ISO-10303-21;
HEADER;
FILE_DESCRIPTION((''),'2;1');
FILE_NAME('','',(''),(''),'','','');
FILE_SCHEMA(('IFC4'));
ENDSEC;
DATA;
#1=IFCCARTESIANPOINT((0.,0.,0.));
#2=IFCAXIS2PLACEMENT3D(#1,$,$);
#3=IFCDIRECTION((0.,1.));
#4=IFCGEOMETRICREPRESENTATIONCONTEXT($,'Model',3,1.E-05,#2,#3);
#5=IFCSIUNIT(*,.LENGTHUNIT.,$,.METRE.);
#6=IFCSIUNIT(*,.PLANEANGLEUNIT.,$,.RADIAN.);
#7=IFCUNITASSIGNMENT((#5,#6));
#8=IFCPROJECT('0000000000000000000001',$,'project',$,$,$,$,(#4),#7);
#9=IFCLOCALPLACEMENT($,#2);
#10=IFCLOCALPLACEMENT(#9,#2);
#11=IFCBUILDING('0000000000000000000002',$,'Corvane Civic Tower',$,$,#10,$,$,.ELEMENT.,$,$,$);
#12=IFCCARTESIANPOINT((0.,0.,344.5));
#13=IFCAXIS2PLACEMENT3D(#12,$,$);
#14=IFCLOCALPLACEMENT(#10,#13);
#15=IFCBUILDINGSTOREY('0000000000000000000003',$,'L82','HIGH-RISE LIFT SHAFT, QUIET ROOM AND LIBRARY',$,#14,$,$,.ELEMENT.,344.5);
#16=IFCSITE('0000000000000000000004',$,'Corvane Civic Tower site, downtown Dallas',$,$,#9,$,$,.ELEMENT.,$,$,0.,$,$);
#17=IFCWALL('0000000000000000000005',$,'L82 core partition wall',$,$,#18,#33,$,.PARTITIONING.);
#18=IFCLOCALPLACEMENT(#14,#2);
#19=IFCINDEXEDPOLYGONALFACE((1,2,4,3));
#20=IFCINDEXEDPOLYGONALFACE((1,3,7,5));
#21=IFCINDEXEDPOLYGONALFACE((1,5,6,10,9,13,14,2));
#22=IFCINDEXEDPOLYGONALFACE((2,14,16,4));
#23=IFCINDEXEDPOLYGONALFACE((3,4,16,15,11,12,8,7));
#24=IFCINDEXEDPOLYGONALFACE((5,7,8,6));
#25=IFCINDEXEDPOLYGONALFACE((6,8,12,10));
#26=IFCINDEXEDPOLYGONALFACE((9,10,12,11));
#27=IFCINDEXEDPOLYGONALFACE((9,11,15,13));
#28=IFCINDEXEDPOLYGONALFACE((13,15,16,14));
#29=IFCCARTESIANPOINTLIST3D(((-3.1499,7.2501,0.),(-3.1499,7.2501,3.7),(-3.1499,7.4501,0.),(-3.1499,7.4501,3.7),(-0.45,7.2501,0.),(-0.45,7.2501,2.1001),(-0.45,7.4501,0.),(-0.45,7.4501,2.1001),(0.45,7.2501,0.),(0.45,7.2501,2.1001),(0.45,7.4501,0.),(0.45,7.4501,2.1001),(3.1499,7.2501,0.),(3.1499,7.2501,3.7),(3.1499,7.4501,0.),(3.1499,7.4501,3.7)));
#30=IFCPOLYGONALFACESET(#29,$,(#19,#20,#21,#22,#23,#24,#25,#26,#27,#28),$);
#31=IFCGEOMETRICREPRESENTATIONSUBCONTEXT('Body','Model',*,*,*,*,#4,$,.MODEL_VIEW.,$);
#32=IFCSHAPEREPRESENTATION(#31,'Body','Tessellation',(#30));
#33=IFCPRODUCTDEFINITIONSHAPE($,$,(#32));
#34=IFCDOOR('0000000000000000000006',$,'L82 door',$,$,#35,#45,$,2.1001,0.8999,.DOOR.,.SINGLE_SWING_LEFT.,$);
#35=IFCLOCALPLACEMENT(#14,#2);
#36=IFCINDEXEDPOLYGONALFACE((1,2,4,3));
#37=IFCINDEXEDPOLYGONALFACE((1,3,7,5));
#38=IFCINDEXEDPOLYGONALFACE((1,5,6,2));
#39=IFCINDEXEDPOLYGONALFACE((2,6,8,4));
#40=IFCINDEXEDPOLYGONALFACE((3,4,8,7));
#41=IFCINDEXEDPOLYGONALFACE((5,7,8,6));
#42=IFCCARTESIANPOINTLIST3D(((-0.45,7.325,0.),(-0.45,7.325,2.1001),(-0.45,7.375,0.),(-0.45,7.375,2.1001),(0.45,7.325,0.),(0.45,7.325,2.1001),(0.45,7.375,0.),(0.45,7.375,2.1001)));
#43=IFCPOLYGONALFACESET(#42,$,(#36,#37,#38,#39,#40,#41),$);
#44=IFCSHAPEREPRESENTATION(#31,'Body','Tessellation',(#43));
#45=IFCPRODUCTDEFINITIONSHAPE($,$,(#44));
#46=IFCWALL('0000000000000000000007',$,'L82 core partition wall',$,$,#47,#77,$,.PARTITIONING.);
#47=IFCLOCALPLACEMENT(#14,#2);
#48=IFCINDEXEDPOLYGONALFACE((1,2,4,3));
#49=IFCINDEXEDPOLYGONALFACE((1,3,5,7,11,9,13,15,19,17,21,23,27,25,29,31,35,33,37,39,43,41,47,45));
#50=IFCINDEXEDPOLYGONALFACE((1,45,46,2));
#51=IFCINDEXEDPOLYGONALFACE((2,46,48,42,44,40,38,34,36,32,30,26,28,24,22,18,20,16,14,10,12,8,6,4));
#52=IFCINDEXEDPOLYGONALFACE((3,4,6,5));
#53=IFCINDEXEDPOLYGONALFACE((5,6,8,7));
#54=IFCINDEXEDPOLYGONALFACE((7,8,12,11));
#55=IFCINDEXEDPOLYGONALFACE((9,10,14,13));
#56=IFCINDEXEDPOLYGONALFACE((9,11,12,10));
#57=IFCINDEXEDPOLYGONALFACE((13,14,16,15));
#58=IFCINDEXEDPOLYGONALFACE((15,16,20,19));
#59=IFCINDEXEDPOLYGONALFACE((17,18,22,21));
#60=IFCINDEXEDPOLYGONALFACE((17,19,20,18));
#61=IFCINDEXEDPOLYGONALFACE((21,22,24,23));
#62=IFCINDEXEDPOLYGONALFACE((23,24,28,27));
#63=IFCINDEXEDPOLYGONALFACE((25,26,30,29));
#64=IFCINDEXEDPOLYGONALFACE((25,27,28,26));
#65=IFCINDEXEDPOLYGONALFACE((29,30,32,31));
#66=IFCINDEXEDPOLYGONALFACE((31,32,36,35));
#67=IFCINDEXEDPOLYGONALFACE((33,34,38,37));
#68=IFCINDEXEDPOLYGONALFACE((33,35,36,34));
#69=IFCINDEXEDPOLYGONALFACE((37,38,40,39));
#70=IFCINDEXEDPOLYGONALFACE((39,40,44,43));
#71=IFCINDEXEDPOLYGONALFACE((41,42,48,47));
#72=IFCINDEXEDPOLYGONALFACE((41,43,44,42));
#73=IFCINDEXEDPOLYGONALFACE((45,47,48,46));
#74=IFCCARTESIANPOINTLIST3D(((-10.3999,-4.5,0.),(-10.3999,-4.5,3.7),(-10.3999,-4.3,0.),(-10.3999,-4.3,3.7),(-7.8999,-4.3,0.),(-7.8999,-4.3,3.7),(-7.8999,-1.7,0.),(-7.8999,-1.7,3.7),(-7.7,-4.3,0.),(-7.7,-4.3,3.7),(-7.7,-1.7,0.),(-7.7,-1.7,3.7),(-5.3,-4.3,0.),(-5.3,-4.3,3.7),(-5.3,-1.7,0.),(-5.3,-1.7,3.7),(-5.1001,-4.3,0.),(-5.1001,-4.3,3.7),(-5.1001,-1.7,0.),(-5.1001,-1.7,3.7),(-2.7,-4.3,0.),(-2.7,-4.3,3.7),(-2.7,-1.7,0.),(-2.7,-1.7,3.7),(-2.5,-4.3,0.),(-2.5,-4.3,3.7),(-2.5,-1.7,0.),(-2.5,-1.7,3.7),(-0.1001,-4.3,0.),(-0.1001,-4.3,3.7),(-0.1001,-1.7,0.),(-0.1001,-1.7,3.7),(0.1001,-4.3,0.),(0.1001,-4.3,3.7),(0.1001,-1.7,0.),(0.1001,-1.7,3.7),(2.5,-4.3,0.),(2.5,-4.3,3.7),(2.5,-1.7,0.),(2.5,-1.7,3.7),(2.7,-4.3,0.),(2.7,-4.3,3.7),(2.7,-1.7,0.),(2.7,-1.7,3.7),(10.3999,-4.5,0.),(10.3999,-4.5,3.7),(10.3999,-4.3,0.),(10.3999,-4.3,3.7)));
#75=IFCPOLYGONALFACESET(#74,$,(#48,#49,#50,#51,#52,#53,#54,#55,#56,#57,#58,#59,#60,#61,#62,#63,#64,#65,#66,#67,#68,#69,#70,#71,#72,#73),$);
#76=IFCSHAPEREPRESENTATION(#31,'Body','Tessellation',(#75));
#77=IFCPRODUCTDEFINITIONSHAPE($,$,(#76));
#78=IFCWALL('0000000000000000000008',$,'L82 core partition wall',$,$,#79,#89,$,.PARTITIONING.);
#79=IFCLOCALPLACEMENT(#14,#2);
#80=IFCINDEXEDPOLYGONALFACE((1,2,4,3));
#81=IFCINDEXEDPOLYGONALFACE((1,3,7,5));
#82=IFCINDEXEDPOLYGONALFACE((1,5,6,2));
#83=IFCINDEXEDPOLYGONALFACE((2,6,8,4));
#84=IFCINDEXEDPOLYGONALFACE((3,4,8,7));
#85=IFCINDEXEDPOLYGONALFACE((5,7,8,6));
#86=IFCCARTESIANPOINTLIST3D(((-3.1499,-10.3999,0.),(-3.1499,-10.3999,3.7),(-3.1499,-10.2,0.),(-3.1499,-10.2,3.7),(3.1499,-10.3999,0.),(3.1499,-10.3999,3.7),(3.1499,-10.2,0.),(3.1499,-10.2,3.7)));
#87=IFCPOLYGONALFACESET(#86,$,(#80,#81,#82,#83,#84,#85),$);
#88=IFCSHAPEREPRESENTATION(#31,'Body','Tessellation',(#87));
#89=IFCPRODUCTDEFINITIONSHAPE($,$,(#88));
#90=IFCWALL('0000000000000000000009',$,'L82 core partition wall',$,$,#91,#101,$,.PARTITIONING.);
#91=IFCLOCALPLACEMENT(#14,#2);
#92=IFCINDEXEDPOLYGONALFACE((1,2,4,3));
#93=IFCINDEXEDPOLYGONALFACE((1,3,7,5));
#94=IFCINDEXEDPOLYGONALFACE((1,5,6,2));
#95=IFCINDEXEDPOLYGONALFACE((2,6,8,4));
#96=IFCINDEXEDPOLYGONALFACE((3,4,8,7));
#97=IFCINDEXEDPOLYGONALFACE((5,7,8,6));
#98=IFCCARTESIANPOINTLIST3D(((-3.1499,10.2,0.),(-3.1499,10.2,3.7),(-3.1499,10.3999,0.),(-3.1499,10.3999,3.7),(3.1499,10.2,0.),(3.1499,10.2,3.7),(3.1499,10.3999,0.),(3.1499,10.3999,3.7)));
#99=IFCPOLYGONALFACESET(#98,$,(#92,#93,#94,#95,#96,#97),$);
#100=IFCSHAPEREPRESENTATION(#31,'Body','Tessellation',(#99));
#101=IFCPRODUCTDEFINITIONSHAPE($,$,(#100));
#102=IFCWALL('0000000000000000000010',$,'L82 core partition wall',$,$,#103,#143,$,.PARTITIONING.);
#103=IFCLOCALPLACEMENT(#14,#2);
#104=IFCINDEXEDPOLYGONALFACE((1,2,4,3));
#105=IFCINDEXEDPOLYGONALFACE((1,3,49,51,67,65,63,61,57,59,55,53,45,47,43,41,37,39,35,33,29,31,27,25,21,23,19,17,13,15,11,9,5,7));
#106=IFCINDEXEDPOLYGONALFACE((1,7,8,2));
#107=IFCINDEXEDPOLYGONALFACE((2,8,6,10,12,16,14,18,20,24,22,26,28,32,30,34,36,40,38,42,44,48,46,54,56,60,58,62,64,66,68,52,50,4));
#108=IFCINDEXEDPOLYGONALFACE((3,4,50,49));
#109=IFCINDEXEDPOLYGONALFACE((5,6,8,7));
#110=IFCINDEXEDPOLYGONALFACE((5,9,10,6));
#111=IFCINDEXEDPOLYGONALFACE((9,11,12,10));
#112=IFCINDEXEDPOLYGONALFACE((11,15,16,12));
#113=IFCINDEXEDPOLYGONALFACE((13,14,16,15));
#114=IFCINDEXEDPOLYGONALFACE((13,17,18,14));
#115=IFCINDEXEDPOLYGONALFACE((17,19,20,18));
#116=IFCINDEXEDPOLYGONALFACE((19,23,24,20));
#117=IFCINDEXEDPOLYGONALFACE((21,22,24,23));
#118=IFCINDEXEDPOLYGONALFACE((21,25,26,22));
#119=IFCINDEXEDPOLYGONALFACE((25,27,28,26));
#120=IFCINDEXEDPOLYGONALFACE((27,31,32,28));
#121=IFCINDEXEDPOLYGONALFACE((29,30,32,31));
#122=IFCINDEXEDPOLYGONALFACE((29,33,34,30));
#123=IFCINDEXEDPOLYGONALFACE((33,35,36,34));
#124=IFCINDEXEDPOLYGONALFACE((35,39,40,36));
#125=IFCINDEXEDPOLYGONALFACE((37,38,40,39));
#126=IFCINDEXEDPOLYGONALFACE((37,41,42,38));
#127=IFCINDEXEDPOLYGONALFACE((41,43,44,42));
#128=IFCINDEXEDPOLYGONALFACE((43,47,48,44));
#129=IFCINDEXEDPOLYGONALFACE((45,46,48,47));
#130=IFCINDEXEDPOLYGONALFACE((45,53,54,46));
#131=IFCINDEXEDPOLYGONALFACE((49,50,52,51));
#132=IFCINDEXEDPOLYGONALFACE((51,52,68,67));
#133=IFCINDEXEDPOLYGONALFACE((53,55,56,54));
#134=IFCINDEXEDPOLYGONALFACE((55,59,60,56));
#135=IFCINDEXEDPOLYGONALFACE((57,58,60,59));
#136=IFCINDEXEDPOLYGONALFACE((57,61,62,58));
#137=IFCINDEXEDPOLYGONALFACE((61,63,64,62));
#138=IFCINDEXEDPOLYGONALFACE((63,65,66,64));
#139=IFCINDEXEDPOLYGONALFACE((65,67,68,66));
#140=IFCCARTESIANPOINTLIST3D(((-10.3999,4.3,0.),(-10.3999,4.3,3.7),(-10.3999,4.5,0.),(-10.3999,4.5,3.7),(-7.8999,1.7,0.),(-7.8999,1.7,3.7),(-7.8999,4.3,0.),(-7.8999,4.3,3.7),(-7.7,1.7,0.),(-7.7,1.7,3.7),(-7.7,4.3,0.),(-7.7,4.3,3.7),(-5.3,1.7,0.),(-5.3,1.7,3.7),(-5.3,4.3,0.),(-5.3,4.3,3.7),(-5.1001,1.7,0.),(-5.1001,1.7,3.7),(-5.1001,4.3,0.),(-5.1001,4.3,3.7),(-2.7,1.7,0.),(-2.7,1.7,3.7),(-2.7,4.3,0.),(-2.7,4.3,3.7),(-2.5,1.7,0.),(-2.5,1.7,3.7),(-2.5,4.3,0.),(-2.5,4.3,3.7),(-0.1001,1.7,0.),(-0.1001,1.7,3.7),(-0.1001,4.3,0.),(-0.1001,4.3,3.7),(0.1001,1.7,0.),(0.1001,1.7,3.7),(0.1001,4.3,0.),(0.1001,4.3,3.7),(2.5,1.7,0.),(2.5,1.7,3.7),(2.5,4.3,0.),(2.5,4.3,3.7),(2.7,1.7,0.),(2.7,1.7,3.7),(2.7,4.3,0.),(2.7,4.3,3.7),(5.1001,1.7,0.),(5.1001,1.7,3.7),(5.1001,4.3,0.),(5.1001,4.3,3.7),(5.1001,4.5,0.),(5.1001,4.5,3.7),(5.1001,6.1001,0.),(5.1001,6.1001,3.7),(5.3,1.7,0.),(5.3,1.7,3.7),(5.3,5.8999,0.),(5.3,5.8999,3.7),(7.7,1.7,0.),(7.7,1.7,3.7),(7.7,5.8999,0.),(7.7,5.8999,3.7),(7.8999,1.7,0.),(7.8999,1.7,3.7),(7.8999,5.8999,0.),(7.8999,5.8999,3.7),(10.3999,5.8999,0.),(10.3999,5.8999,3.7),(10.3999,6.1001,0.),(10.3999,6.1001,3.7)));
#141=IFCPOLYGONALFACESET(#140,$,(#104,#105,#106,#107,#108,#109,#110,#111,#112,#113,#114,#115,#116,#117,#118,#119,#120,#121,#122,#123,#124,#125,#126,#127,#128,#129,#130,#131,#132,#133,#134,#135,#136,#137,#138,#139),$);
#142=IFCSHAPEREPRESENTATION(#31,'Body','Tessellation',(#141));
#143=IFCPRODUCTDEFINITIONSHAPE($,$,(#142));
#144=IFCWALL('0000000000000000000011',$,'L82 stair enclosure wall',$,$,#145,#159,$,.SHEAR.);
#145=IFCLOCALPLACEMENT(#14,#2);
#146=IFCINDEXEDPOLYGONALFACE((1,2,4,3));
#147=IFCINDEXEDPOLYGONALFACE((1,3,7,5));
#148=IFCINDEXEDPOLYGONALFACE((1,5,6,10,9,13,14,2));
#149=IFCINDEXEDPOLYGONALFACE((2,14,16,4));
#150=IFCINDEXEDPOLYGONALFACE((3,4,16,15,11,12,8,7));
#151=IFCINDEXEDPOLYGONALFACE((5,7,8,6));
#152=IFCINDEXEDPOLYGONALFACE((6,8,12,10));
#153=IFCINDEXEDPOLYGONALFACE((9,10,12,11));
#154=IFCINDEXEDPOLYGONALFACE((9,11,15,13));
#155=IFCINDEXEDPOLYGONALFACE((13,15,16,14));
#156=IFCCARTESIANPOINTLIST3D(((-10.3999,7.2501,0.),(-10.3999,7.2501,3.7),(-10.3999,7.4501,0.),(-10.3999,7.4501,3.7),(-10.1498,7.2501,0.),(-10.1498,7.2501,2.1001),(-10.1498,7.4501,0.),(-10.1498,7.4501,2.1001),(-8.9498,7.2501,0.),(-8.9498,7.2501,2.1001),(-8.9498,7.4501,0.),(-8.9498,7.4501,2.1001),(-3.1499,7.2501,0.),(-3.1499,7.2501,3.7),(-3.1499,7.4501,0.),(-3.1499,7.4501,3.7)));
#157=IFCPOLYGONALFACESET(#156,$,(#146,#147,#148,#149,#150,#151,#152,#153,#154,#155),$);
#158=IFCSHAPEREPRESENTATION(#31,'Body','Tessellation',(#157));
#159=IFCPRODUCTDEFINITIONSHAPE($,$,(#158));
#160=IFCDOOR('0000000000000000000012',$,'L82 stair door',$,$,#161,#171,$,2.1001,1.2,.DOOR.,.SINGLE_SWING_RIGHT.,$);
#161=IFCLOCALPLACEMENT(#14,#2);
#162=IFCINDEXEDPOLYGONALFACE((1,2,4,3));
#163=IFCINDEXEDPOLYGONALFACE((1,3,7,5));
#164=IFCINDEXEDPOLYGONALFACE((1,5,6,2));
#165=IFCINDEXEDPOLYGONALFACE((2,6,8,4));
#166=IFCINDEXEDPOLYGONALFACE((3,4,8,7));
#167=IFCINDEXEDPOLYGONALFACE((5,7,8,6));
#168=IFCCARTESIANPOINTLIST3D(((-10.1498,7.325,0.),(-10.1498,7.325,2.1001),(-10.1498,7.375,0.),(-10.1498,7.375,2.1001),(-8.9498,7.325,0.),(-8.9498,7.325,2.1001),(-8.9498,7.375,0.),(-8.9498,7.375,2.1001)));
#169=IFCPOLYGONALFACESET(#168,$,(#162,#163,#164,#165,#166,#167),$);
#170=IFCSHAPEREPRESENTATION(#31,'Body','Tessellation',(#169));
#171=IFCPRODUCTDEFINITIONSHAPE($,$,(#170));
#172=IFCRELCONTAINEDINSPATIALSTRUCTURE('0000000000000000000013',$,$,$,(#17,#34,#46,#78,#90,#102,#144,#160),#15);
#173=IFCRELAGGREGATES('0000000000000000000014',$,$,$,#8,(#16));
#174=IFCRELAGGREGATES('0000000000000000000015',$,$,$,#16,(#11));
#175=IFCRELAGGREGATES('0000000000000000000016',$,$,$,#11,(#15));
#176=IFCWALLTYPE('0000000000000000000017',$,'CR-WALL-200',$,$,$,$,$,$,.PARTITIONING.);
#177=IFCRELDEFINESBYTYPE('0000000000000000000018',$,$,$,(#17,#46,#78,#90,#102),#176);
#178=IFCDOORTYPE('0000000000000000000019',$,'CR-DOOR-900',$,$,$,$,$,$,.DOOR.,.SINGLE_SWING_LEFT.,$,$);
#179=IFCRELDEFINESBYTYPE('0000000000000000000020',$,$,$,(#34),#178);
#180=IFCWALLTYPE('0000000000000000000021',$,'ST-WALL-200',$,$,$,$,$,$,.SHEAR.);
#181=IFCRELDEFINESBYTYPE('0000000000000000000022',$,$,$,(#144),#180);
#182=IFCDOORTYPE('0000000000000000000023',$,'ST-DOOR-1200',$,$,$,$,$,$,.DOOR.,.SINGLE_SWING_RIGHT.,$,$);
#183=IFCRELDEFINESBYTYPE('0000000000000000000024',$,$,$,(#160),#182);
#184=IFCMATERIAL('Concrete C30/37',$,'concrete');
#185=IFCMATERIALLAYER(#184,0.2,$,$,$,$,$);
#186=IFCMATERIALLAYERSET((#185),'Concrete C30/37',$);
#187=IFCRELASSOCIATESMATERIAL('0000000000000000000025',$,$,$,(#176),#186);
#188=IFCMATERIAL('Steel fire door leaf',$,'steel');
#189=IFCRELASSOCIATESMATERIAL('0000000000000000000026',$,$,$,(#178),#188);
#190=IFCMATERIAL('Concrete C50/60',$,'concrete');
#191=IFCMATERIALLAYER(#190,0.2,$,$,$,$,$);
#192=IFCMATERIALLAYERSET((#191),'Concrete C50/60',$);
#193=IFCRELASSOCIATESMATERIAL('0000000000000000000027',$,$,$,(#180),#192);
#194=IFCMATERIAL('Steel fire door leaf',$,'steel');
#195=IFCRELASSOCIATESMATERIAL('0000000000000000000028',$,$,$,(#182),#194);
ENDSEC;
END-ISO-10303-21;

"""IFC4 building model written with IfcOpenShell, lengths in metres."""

from ifc_helpers import new_model, si_unit, direction, frame, frame_2d, origin, place, context, subcontext, project, spatial, polyline, rectangle, outline, extrude, material, layer, layer_set, type_object, element, fill, save


model = new_model("IFC4")

# Units and contexts
model_context = context("Model", 3, precision=1e-05, world=origin(), true_north=direction((0.0, 1.0)))
body_context = subcontext(model_context, "Body", "Model", "MODEL_VIEW")
ifc_project = project(units=[si_unit("LENGTHUNIT", "METRE"), si_unit("PLANEANGLEUNIT", "RADIAN")], contexts=[model_context])

# Site, building, storey
site_placement = place(None, origin())
site = spatial("IfcSite", under=ifc_project, at=site_placement, Name="Corvane Civic Tower site, downtown Dallas", CompositionType="ELEMENT", RefElevation=0.0)
building_placement = place(site_placement, origin())
building = spatial("IfcBuilding", under=site, at=building_placement, Name="Corvane Civic Tower", CompositionType="ELEMENT")
storey_placement = place(building_placement, frame((0.0, 0.0, 344.5)))
storey = spatial("IfcBuildingStorey", under=building, at=storey_placement, Name="L82", Description="HIGH-RISE LIFT SHAFT, QUIET ROOM AND LIBRARY", CompositionType="ELEMENT", Elevation=344.5)

# Shared definitions
ifc_material_1 = material(Name="Concrete C30/37", Category="concrete")
ifc_layer_1 = layer(ifc_material_1, 0.2)
ifc_layer_set_1 = layer_set([ifc_layer_1], Name="Concrete C30/37")
wall_type_1 = type_object("IfcWallType", Name="CR-WALL-200", PredefinedType="PARTITIONING", material=ifc_layer_set_1)
ifc_material_2 = material(Name="Steel fire door leaf", Category="steel")
door_type_1 = type_object("IfcDoorType", Name="CR-DOOR-900", OperationType="SINGLE_SWING_LEFT", PredefinedType="DOOR", material=ifc_material_2)

# Wall, opening, door
wall_1_placement = place(storey_placement, frame((-3.1499, 7.3501, 0.0), z_axis=(0.0, 0.0, 1.0), x_axis=(1.0, 0.0, 0.0)))
wall_1 = element("IfcWall", 1, at=wall_1_placement, inside=storey, type_object=wall_type_1, Name="L82 core partition wall", PredefinedType="PARTITIONING", context=body_context, shape_type="SweptSolid", body=[
    extrude(rectangle(XDim=6.2998, YDim=0.2, at=frame_2d((3.1499, 0.0))), origin(), (0.0, 0.0, 1.0), 3.7),
])
opening_1_placement = place(wall_1_placement, frame((2.7, 0.0, 0.0)))
opening_1 = element("IfcOpeningElement", 2, at=opening_1_placement, cuts=wall_1, PredefinedType="OPENING", context=body_context, shape_type="SweptSolid", body=[
    extrude(rectangle(XDim=0.8999, YDim=2.1001, at=frame_2d((0.45, 1.05))), frame((0.0, 0.1099, 0.0), z_axis=(0.0, -1.0, 0.0), x_axis=(1.0, 0.0, 0.0)), (0.0, 0.0, 1.0), 0.22),
])
door_1_placement = place(opening_1_placement, origin())
door_1 = element("IfcDoor", 3, at=door_1_placement, inside=storey, type_object=door_type_1, Name="L82 door", OperationType="SINGLE_SWING_LEFT", OverallHeight=2.1001, OverallWidth=0.8999, PredefinedType="DOOR", context=body_context, shape_type="SweptSolid", body=[
    extrude(rectangle(XDim=0.8999, YDim=2.1001, at=frame_2d((0.45, 1.05))), frame((0.0, 0.0249, 0.0), z_axis=(0.0, -1.0, 0.0), x_axis=(1.0, 0.0, 0.0)), (0.0, 0.0, 1.0), 0.05),
])
fill(opening_1, door_1)

# Walls
wall_2_placement = place(storey_placement, origin())
element("IfcWall", 4, at=wall_2_placement, inside=storey, type_object=wall_type_1, Name="L82 core partition wall", PredefinedType="PARTITIONING", context=body_context, shape_type="SweptSolid", body=[
    extrude(outline(polyline([(-7.8999, -4.3), (-7.8999, -1.7), (-7.7, -1.7), (-7.7, -4.3), (-5.3, -4.3), (-5.3, -1.7), (-5.1001, -1.7), (-5.1001, -4.3), (-2.7, -4.3), (-2.7, -1.7), (-2.5, -1.7), (-2.5, -4.3), (-0.1001, -4.3), (-0.1001, -1.7), (0.1001, -1.7), (0.1001, -4.3), (2.5, -4.3), (2.5, -1.7), (2.7, -1.7), (2.7, -4.3), (10.3999, -4.3), (10.3999, -4.5), (-10.3999, -4.5), (-10.3999, -4.3), (-7.8999, -4.3)])), origin(), (0.0, 0.0, 1.0), 3.7),
])
wall_3_placement = place(storey_placement, origin())
element("IfcWall", 5, at=wall_3_placement, inside=storey, type_object=wall_type_1, Name="L82 core partition wall", PredefinedType="PARTITIONING", context=body_context, shape_type="SweptSolid", body=[
    extrude(outline(polyline([(3.1499, -10.2), (3.1499, -10.3999), (-3.1499, -10.3999), (-3.1499, -10.2), (3.1499, -10.2)])), origin(), (0.0, 0.0, 1.0), 3.7),
])
wall_4_placement = place(storey_placement, origin())
element("IfcWall", 6, at=wall_4_placement, inside=storey, type_object=wall_type_1, Name="L82 core partition wall", PredefinedType="PARTITIONING", context=body_context, shape_type="SweptSolid", body=[
    extrude(outline(polyline([(3.1499, 10.2), (-3.1499, 10.2), (-3.1499, 10.3999), (3.1499, 10.3999), (3.1499, 10.2)])), origin(), (0.0, 0.0, 1.0), 3.7),
])
wall_5_placement = place(storey_placement, origin())
element("IfcWall", 7, at=wall_5_placement, inside=storey, type_object=wall_type_1, Name="L82 core partition wall", PredefinedType="PARTITIONING", context=body_context, shape_type="SweptSolid", body=[
    extrude(outline(polyline([(-10.3999, 4.3), (-10.3999, 4.5), (5.1001, 4.5), (5.1001, 6.1001), (10.3999, 6.1001), (10.3999, 5.8999), (7.8999, 5.8999), (7.8999, 1.7), (7.7, 1.7), (7.7, 5.8999), (5.3, 5.8999), (5.3, 1.7), (5.1001, 1.7), (5.1001, 4.3), (2.7, 4.3), (2.7, 1.7), (2.5, 1.7), (2.5, 4.3), (0.1001, 4.3), (0.1001, 1.7), (-0.1001, 1.7), (-0.1001, 4.3), (-2.5, 4.3), (-2.5, 1.7), (-2.7, 1.7), (-2.7, 4.3), (-5.1001, 4.3), (-5.1001, 1.7), (-5.3, 1.7), (-5.3, 4.3), (-7.7, 4.3), (-7.7, 1.7), (-7.8999, 1.7), (-7.8999, 4.3), (-10.3999, 4.3)])), origin(), (0.0, 0.0, 1.0), 3.7),
])

# Wall, opening, door
ifc_material_3 = material(Name="Concrete C50/60", Category="concrete")
ifc_layer_2 = layer(ifc_material_3, 0.2)
ifc_layer_set_2 = layer_set([ifc_layer_2], Name="Concrete C50/60")
wall_type_2 = type_object("IfcWallType", Name="ST-WALL-200", PredefinedType="SHEAR", material=ifc_layer_set_2)
wall_6_placement = place(storey_placement, frame((-10.3999, 7.3501, 0.0), z_axis=(0.0, 0.0, 1.0), x_axis=(1.0, 0.0, 0.0)))
wall_6 = element("IfcWall", 8, at=wall_6_placement, inside=storey, type_object=wall_type_2, Name="L82 stair enclosure wall", PredefinedType="SHEAR", context=body_context, shape_type="SweptSolid", body=[
    extrude(rectangle(XDim=7.25, YDim=0.2, at=frame_2d((3.625, 0.0))), origin(), (0.0, 0.0, 1.0), 3.7),
])
opening_2_placement = place(wall_6_placement, frame((0.25, 0.0, 0.0)))
opening_2 = element("IfcOpeningElement", 9, at=opening_2_placement, cuts=wall_6, PredefinedType="OPENING", context=body_context, shape_type="SweptSolid", body=[
    extrude(rectangle(XDim=1.2, YDim=2.1001, at=frame_2d((0.6001, 1.05))), frame((0.0, 0.1099, 0.0), z_axis=(0.0, -1.0, 0.0), x_axis=(1.0, 0.0, 0.0)), (0.0, 0.0, 1.0), 0.22),
])
ifc_material_4 = material(Name="Steel fire door leaf", Category="steel")
door_type_2 = type_object("IfcDoorType", Name="ST-DOOR-1200", OperationType="SINGLE_SWING_RIGHT", PredefinedType="DOOR", material=ifc_material_4)
door_2_placement = place(opening_2_placement, origin())
door_2 = element("IfcDoor", 10, at=door_2_placement, inside=storey, type_object=door_type_2, Name="L82 stair door", OperationType="SINGLE_SWING_RIGHT", OverallHeight=2.1001, OverallWidth=1.2, PredefinedType="DOOR", context=body_context, shape_type="SweptSolid", body=[
    extrude(rectangle(XDim=1.2, YDim=2.1001, at=frame_2d((0.6001, 1.05))), frame((0.0, 0.0249, 0.0), z_axis=(0.0, -1.0, 0.0), x_axis=(1.0, 0.0, 0.0)), (0.0, 0.0, 1.0), 0.05),
])
fill(opening_2, door_2)

save(model, "model.ifc")
